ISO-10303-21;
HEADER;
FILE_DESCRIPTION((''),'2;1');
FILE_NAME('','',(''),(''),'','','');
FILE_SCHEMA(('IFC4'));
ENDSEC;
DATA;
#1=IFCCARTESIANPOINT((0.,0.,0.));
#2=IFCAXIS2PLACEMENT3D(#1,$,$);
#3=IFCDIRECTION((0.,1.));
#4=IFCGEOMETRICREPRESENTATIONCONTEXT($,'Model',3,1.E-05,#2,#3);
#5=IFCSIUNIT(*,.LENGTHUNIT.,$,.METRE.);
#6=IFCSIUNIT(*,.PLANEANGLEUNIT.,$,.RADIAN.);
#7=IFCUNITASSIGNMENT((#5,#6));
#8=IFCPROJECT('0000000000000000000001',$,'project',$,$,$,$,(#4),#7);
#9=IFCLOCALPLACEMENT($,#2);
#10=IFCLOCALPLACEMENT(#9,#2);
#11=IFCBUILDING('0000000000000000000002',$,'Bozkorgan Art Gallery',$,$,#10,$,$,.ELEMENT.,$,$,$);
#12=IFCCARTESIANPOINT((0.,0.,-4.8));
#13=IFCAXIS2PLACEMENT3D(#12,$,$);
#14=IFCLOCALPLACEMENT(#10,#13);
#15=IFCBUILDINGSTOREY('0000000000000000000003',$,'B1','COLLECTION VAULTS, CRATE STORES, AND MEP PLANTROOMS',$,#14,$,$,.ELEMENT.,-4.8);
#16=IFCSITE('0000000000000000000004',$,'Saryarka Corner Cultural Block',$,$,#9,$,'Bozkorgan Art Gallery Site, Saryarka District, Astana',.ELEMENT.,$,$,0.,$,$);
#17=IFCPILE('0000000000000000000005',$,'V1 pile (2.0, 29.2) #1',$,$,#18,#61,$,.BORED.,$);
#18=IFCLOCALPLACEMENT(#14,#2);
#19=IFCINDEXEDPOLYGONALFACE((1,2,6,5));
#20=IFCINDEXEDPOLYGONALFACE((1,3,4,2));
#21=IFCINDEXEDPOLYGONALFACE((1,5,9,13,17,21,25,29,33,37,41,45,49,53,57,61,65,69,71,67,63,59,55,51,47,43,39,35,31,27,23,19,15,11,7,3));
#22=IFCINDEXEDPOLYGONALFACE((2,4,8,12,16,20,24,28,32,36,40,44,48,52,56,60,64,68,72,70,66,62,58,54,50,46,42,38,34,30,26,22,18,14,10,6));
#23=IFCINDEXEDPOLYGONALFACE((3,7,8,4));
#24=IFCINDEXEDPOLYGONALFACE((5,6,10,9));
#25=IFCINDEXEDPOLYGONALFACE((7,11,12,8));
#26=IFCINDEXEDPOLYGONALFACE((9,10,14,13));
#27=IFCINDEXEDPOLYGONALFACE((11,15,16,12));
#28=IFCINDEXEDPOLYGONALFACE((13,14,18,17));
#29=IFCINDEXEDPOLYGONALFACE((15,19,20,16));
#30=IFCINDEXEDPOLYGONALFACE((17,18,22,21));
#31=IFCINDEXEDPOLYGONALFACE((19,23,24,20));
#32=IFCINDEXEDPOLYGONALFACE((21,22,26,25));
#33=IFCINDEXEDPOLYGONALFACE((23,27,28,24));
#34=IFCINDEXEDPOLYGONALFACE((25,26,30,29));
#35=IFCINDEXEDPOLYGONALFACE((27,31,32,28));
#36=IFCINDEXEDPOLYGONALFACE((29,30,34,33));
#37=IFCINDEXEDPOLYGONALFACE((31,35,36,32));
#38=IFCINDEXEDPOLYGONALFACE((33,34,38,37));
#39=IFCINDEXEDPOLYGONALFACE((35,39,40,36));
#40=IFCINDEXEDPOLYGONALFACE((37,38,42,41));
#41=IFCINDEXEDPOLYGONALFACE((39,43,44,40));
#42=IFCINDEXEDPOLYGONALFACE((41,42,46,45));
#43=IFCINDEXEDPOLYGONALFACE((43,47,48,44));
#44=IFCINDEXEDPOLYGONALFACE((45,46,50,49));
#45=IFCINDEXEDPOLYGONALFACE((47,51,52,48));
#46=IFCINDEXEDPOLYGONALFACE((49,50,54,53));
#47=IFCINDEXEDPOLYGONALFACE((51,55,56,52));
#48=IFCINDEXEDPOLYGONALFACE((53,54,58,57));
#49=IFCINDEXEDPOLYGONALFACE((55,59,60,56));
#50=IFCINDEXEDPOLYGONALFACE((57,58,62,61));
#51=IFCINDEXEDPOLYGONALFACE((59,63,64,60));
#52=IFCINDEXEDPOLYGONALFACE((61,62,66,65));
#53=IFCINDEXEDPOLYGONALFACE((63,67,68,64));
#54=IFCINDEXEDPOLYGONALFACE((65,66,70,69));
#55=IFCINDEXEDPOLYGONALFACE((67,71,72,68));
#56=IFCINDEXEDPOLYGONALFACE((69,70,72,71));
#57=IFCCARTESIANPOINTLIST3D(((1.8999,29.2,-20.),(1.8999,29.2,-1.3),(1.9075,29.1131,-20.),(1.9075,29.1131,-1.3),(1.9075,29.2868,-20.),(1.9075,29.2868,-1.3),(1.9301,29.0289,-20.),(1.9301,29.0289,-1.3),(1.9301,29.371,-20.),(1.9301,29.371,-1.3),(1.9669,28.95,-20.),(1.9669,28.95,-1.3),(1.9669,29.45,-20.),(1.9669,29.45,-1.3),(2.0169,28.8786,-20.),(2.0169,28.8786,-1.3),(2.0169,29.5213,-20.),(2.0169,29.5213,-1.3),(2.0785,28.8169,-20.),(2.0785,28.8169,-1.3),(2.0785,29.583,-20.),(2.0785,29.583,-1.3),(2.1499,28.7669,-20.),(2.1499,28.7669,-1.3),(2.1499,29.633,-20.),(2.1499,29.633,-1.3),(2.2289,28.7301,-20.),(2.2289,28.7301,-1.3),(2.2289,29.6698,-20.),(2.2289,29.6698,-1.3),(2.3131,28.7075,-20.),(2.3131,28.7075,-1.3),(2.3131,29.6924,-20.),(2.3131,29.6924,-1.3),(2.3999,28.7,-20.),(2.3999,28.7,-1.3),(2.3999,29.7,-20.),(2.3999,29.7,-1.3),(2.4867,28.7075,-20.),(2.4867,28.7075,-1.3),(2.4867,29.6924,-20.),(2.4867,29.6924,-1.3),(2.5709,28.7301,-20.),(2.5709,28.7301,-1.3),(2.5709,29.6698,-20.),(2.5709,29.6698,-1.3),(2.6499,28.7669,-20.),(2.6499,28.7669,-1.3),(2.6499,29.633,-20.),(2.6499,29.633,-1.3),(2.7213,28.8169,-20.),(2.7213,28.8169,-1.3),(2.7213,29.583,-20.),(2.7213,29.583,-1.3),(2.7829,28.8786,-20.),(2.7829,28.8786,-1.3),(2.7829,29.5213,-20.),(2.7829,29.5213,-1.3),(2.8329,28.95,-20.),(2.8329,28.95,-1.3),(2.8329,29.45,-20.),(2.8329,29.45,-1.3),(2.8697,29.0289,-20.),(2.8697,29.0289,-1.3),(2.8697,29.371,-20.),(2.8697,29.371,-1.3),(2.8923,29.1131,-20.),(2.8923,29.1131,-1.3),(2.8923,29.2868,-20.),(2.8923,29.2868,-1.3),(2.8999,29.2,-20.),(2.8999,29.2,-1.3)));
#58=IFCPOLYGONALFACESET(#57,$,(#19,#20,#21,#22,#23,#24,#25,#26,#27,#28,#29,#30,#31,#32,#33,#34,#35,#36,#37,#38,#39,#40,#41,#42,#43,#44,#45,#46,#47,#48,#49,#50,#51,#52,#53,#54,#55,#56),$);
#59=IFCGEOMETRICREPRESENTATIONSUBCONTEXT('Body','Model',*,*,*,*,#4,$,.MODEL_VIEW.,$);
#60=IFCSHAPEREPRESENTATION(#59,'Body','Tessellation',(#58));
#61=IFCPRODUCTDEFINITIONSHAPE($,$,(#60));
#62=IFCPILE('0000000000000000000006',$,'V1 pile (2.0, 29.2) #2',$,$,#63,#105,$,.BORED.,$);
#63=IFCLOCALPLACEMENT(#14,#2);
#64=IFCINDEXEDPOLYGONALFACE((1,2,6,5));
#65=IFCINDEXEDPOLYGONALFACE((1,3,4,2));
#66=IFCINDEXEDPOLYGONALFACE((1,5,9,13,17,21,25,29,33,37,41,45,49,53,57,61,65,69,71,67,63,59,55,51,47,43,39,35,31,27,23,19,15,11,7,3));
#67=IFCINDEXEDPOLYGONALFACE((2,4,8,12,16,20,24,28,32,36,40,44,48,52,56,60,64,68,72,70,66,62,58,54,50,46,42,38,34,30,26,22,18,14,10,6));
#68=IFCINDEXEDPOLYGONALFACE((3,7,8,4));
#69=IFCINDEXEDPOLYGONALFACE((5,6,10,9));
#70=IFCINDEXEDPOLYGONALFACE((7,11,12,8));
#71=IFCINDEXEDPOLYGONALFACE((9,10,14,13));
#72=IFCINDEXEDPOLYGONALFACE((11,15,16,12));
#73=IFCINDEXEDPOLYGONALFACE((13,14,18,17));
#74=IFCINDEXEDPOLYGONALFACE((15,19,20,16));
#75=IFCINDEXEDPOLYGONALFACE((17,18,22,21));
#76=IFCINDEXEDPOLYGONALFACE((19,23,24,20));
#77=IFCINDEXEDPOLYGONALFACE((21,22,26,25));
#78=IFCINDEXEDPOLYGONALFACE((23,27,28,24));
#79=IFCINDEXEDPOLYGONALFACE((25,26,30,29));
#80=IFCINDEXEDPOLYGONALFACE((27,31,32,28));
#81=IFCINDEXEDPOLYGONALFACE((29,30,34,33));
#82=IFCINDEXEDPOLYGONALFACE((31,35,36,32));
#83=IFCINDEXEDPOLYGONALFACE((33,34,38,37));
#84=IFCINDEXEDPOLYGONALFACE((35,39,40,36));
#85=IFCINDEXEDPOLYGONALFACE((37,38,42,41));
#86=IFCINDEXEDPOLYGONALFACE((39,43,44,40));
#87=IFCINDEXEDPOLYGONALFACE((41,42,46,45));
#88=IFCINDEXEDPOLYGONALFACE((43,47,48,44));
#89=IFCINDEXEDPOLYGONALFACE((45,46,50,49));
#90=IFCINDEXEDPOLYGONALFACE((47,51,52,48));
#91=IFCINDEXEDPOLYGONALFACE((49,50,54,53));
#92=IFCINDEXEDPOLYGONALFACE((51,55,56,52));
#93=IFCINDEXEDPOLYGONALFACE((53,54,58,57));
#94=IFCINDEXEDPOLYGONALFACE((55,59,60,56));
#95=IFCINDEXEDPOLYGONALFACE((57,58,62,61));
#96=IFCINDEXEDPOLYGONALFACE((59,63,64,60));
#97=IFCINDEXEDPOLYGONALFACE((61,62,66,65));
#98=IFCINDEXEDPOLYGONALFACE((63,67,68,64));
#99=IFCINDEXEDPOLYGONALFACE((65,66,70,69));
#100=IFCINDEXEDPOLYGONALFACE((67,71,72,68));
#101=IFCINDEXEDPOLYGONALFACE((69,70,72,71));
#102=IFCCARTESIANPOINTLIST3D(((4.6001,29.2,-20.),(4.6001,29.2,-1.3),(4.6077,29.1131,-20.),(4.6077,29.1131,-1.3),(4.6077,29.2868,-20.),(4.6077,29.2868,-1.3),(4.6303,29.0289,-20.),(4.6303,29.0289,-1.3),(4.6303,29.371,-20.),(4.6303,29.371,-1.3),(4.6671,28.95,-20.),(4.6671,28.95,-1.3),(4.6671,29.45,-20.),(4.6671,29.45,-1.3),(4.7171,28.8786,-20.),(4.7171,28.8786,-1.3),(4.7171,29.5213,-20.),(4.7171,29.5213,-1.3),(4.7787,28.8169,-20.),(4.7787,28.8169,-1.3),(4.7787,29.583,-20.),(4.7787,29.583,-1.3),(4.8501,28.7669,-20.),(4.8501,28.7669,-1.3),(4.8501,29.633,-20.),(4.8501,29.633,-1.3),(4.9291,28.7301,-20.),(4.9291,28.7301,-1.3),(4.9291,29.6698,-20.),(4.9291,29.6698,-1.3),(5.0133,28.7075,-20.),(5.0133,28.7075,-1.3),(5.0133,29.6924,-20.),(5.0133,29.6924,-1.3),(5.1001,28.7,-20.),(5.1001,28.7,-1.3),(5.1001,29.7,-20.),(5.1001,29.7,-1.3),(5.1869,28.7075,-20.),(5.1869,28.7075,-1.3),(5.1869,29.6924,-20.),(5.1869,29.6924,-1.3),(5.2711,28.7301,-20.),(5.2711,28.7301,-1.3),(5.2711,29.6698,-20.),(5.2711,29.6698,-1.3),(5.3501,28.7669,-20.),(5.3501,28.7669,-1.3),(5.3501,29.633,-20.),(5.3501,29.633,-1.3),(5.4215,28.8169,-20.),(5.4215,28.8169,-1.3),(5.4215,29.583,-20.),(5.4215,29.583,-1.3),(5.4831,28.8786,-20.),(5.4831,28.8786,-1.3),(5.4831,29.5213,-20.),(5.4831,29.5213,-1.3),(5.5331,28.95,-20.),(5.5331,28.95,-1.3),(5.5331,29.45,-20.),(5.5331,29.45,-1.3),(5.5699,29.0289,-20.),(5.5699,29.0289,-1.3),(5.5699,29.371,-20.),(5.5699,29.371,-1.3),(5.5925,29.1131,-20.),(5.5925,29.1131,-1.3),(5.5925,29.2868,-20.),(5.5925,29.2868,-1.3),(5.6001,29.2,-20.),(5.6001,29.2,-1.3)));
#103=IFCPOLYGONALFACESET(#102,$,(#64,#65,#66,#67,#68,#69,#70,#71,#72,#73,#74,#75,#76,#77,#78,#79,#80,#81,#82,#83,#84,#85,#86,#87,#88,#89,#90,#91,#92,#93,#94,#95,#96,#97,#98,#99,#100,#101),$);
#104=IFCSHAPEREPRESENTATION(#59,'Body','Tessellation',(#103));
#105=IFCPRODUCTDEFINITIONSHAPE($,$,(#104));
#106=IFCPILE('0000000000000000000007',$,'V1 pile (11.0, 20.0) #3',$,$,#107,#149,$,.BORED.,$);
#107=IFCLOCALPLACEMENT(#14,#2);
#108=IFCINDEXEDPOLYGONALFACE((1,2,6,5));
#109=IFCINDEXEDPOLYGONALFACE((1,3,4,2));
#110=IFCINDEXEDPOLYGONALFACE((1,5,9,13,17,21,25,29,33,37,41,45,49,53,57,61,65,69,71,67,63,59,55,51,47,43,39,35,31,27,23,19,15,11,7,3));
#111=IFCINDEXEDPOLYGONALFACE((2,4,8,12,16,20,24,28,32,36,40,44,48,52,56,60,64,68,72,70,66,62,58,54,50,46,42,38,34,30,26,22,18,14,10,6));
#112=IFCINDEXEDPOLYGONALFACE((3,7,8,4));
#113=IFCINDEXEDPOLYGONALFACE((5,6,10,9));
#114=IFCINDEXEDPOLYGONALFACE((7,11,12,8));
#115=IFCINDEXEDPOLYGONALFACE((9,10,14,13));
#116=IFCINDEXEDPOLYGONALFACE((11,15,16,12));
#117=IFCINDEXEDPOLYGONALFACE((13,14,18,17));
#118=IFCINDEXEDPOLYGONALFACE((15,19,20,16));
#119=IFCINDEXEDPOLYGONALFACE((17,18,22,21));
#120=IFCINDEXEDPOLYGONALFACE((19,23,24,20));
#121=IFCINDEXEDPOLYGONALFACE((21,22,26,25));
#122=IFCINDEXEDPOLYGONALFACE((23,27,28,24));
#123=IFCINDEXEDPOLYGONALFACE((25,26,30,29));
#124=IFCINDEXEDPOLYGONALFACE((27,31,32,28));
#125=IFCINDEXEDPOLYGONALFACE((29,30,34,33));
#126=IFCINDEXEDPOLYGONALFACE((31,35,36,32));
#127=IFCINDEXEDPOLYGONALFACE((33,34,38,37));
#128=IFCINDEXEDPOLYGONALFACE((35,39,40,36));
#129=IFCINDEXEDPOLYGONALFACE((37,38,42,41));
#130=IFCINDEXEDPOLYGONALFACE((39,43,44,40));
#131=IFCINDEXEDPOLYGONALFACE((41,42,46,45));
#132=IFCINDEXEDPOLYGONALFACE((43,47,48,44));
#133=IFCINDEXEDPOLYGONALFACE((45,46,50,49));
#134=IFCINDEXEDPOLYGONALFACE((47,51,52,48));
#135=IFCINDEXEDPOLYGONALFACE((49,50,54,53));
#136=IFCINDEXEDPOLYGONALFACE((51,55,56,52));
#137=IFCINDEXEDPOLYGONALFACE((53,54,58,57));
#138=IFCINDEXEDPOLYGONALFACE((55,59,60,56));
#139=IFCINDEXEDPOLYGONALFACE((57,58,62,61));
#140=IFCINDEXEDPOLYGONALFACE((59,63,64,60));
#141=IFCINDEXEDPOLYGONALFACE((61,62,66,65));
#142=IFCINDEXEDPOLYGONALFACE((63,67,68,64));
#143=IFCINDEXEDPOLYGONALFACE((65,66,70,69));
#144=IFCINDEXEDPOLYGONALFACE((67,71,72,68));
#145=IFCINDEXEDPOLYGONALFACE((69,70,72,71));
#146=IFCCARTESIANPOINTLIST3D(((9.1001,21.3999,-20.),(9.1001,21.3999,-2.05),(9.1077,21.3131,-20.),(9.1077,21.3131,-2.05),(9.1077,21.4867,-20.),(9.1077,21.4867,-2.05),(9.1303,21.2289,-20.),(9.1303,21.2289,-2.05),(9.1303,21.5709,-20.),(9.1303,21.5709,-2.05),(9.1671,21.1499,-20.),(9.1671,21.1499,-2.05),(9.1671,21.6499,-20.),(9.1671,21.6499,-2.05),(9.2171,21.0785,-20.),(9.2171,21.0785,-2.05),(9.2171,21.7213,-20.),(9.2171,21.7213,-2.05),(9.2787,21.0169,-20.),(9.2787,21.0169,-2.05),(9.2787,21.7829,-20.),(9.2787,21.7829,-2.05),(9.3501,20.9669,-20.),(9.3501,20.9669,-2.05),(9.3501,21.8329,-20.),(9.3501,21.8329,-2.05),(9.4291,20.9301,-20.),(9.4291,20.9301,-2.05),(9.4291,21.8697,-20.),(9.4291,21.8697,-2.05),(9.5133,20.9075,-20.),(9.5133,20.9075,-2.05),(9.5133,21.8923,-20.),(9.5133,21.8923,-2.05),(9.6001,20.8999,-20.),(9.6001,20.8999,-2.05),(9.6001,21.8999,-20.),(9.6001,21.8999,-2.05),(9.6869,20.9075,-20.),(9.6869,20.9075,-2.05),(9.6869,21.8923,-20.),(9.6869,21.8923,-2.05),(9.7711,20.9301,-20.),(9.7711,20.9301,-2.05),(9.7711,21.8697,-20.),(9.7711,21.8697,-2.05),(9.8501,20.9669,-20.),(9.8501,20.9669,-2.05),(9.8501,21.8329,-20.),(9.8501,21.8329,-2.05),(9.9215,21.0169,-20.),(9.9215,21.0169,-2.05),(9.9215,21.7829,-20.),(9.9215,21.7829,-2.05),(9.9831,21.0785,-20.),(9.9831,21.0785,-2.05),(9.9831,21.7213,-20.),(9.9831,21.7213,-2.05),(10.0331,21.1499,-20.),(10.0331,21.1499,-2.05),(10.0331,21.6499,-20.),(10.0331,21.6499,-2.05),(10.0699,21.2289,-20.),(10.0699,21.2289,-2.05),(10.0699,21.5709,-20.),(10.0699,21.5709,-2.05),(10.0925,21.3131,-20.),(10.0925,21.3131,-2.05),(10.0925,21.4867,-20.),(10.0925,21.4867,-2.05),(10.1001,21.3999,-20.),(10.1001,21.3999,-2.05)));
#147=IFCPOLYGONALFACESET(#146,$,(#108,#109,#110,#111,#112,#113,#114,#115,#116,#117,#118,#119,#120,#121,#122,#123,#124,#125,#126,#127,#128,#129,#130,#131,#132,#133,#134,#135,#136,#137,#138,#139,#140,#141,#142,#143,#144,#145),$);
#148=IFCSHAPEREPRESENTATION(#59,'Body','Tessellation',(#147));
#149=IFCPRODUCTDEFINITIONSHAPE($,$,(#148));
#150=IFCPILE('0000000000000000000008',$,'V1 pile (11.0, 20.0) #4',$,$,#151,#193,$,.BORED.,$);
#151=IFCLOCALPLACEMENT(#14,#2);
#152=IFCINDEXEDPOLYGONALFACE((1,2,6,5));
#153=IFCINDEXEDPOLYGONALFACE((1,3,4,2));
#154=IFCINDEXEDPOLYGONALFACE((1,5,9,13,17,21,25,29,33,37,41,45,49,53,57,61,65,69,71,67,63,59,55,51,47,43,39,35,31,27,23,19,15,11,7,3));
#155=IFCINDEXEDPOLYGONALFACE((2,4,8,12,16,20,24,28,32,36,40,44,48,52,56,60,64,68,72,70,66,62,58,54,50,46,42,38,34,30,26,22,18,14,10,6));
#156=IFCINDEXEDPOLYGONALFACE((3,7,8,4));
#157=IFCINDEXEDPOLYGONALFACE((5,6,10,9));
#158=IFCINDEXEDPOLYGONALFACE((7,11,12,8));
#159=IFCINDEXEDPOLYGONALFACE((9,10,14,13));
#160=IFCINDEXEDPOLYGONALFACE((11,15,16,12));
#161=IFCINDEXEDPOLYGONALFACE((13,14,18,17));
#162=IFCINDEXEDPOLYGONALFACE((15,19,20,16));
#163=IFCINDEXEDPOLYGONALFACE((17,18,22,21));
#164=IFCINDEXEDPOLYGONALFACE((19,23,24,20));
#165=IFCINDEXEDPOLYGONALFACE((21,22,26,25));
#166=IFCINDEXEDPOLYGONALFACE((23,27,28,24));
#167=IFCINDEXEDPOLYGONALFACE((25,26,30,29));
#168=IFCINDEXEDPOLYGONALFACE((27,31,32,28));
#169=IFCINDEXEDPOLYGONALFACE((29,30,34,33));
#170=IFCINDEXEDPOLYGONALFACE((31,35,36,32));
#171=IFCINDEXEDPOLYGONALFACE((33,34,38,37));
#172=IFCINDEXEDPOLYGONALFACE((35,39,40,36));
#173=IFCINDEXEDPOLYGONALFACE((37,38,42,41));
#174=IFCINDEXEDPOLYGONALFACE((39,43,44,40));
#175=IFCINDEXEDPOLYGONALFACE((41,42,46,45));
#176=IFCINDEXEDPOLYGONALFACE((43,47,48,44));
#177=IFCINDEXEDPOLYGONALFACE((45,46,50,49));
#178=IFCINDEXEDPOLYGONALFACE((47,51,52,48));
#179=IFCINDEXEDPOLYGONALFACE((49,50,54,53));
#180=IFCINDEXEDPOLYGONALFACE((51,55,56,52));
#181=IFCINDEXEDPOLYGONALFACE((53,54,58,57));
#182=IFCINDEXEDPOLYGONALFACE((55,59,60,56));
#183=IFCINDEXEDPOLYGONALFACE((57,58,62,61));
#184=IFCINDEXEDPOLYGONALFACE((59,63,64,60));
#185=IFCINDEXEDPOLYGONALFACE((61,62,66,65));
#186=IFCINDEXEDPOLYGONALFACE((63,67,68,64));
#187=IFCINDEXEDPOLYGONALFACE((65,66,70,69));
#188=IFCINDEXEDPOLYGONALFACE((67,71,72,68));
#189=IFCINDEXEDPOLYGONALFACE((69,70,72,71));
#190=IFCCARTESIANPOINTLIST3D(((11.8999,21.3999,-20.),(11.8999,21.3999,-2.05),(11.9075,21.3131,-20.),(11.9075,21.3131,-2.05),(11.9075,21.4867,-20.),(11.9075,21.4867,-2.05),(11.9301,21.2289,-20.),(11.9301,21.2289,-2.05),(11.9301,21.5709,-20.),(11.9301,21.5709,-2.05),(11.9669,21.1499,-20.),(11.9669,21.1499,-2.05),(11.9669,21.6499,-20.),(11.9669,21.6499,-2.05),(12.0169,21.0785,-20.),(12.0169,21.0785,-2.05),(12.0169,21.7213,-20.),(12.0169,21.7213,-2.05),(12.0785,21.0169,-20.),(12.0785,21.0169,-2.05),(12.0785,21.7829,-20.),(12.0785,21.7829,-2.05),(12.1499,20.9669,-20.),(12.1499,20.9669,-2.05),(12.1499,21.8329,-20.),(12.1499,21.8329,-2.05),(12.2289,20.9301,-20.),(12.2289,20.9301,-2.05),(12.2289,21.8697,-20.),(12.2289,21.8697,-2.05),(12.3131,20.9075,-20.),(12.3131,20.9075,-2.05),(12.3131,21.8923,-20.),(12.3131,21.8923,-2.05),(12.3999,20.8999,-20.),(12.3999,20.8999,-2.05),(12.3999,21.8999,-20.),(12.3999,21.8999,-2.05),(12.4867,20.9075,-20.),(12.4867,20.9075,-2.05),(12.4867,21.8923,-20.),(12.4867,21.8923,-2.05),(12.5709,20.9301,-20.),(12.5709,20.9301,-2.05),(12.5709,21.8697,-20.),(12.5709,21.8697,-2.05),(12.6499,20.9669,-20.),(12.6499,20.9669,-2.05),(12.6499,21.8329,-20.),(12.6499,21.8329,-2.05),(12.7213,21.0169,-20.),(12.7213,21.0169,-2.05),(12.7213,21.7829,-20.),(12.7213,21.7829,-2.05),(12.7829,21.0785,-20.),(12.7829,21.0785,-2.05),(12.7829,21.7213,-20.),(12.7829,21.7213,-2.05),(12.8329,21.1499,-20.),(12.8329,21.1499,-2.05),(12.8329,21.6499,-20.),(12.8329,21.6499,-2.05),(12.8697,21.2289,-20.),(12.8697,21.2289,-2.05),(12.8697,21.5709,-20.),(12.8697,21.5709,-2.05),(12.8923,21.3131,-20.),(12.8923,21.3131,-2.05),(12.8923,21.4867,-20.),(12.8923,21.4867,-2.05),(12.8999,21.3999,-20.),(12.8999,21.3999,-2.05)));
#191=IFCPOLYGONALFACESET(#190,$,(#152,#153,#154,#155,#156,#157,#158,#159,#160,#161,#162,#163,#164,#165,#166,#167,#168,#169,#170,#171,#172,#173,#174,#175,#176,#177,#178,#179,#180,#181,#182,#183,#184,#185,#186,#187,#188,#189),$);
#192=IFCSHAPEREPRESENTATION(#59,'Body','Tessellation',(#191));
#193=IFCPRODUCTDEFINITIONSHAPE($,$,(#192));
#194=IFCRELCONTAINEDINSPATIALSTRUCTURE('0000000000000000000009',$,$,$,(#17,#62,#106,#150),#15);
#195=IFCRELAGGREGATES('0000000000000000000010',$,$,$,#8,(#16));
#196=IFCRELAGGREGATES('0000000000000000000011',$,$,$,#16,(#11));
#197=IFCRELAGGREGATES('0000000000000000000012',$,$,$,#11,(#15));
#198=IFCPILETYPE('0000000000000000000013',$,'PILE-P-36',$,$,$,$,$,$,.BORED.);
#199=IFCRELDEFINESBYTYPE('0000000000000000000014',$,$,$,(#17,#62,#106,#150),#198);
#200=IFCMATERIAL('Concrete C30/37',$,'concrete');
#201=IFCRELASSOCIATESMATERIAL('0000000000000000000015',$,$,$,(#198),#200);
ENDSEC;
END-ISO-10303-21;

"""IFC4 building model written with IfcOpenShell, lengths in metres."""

from ifc_helpers import new_model, si_unit, direction, frame, origin, origin_2d, place, context, subcontext, project, spatial, circle, extrude, material, material_profile, profile_set, type_object, element, save


model = new_model("IFC4")

# Units and contexts
model_context = context("Model", 3, precision=1e-05, world=origin(), true_north=direction((0.0, 1.0)))
body_context = subcontext(model_context, "Body", "Model", "MODEL_VIEW")
ifc_project = project(units=[si_unit("LENGTHUNIT", "METRE"), si_unit("PLANEANGLEUNIT", "RADIAN")], contexts=[model_context])

# Site, building, storey
site_placement = place(None, origin())
site = spatial("IfcSite", under=ifc_project, at=site_placement, Name="Saryarka Corner Cultural Block", LongName="Bozkorgan Art Gallery Site, Saryarka District, Astana", CompositionType="ELEMENT", RefElevation=0.0)
building_placement = place(site_placement, origin())
building = spatial("IfcBuilding", under=site, at=building_placement, Name="Bozkorgan Art Gallery", CompositionType="ELEMENT")
storey_placement = place(building_placement, frame((0.0, 0.0, -4.8)))
storey = spatial("IfcBuildingStorey", under=building, at=storey_placement, Name="B1", Description="COLLECTION VAULTS, CRATE STORES, AND MEP PLANTROOMS", CompositionType="ELEMENT", Elevation=-4.8)

# Shared definitions
ifc_material_1 = material(Name="Concrete C30/37", Category="concrete")

# Piles
ifc_material_profile_1 = material_profile(ifc_material_1, circle(Radius=0.5, at=origin_2d()), Name="PILE D1000")
ifc_profile_set_1 = profile_set([ifc_material_profile_1], Name="Concrete C30/37")
pile_type = type_object("IfcPileType", Name="PILE-P-36", PredefinedType="BORED", material=ifc_profile_set_1)
for number, where, z_axis, x_axis, name in (
    (1, (2.3999, 29.2, -1.3), (0.0, 0.0, -1.0), (1.0, 0.0, 0.0), "V1 pile (2.0, 29.2) #1"),
    (2, (5.1001, 29.2, -1.3), (0.0, 0.0, -1.0), (1.0, 0.0, 0.0), "V1 pile (2.0, 29.2) #2"),
):
    element("IfcPile", number, at=place(storey_placement, frame(where, z_axis=z_axis, x_axis=x_axis)), inside=storey, type_object=pile_type, Name=name, PredefinedType="BORED", context=body_context, shape_type="SweptSolid", body=[
        extrude(circle(Radius=0.5, at=origin_2d()), origin(), (0.0, 0.0, 1.0), 18.7),
    ])
for number, where, z_axis, x_axis, name in (
    (3, (9.6001, 21.3999, -2.05), (0.0, 0.0, -1.0), (1.0, 0.0, 0.0), "V1 pile (11.0, 20.0) #3"),
    (4, (12.3999, 21.3999, -2.05), (0.0, 0.0, -1.0), (1.0, 0.0, 0.0), "V1 pile (11.0, 20.0) #4"),
):
    element("IfcPile", number, at=place(storey_placement, frame(where, z_axis=z_axis, x_axis=x_axis)), inside=storey, type_object=pile_type, Name=name, PredefinedType="BORED", context=body_context, shape_type="SweptSolid", body=[
        extrude(circle(Radius=0.5, at=origin_2d()), origin(), (0.0, 0.0, 1.0), 17.95),
    ])

save(model, "model.ifc")
